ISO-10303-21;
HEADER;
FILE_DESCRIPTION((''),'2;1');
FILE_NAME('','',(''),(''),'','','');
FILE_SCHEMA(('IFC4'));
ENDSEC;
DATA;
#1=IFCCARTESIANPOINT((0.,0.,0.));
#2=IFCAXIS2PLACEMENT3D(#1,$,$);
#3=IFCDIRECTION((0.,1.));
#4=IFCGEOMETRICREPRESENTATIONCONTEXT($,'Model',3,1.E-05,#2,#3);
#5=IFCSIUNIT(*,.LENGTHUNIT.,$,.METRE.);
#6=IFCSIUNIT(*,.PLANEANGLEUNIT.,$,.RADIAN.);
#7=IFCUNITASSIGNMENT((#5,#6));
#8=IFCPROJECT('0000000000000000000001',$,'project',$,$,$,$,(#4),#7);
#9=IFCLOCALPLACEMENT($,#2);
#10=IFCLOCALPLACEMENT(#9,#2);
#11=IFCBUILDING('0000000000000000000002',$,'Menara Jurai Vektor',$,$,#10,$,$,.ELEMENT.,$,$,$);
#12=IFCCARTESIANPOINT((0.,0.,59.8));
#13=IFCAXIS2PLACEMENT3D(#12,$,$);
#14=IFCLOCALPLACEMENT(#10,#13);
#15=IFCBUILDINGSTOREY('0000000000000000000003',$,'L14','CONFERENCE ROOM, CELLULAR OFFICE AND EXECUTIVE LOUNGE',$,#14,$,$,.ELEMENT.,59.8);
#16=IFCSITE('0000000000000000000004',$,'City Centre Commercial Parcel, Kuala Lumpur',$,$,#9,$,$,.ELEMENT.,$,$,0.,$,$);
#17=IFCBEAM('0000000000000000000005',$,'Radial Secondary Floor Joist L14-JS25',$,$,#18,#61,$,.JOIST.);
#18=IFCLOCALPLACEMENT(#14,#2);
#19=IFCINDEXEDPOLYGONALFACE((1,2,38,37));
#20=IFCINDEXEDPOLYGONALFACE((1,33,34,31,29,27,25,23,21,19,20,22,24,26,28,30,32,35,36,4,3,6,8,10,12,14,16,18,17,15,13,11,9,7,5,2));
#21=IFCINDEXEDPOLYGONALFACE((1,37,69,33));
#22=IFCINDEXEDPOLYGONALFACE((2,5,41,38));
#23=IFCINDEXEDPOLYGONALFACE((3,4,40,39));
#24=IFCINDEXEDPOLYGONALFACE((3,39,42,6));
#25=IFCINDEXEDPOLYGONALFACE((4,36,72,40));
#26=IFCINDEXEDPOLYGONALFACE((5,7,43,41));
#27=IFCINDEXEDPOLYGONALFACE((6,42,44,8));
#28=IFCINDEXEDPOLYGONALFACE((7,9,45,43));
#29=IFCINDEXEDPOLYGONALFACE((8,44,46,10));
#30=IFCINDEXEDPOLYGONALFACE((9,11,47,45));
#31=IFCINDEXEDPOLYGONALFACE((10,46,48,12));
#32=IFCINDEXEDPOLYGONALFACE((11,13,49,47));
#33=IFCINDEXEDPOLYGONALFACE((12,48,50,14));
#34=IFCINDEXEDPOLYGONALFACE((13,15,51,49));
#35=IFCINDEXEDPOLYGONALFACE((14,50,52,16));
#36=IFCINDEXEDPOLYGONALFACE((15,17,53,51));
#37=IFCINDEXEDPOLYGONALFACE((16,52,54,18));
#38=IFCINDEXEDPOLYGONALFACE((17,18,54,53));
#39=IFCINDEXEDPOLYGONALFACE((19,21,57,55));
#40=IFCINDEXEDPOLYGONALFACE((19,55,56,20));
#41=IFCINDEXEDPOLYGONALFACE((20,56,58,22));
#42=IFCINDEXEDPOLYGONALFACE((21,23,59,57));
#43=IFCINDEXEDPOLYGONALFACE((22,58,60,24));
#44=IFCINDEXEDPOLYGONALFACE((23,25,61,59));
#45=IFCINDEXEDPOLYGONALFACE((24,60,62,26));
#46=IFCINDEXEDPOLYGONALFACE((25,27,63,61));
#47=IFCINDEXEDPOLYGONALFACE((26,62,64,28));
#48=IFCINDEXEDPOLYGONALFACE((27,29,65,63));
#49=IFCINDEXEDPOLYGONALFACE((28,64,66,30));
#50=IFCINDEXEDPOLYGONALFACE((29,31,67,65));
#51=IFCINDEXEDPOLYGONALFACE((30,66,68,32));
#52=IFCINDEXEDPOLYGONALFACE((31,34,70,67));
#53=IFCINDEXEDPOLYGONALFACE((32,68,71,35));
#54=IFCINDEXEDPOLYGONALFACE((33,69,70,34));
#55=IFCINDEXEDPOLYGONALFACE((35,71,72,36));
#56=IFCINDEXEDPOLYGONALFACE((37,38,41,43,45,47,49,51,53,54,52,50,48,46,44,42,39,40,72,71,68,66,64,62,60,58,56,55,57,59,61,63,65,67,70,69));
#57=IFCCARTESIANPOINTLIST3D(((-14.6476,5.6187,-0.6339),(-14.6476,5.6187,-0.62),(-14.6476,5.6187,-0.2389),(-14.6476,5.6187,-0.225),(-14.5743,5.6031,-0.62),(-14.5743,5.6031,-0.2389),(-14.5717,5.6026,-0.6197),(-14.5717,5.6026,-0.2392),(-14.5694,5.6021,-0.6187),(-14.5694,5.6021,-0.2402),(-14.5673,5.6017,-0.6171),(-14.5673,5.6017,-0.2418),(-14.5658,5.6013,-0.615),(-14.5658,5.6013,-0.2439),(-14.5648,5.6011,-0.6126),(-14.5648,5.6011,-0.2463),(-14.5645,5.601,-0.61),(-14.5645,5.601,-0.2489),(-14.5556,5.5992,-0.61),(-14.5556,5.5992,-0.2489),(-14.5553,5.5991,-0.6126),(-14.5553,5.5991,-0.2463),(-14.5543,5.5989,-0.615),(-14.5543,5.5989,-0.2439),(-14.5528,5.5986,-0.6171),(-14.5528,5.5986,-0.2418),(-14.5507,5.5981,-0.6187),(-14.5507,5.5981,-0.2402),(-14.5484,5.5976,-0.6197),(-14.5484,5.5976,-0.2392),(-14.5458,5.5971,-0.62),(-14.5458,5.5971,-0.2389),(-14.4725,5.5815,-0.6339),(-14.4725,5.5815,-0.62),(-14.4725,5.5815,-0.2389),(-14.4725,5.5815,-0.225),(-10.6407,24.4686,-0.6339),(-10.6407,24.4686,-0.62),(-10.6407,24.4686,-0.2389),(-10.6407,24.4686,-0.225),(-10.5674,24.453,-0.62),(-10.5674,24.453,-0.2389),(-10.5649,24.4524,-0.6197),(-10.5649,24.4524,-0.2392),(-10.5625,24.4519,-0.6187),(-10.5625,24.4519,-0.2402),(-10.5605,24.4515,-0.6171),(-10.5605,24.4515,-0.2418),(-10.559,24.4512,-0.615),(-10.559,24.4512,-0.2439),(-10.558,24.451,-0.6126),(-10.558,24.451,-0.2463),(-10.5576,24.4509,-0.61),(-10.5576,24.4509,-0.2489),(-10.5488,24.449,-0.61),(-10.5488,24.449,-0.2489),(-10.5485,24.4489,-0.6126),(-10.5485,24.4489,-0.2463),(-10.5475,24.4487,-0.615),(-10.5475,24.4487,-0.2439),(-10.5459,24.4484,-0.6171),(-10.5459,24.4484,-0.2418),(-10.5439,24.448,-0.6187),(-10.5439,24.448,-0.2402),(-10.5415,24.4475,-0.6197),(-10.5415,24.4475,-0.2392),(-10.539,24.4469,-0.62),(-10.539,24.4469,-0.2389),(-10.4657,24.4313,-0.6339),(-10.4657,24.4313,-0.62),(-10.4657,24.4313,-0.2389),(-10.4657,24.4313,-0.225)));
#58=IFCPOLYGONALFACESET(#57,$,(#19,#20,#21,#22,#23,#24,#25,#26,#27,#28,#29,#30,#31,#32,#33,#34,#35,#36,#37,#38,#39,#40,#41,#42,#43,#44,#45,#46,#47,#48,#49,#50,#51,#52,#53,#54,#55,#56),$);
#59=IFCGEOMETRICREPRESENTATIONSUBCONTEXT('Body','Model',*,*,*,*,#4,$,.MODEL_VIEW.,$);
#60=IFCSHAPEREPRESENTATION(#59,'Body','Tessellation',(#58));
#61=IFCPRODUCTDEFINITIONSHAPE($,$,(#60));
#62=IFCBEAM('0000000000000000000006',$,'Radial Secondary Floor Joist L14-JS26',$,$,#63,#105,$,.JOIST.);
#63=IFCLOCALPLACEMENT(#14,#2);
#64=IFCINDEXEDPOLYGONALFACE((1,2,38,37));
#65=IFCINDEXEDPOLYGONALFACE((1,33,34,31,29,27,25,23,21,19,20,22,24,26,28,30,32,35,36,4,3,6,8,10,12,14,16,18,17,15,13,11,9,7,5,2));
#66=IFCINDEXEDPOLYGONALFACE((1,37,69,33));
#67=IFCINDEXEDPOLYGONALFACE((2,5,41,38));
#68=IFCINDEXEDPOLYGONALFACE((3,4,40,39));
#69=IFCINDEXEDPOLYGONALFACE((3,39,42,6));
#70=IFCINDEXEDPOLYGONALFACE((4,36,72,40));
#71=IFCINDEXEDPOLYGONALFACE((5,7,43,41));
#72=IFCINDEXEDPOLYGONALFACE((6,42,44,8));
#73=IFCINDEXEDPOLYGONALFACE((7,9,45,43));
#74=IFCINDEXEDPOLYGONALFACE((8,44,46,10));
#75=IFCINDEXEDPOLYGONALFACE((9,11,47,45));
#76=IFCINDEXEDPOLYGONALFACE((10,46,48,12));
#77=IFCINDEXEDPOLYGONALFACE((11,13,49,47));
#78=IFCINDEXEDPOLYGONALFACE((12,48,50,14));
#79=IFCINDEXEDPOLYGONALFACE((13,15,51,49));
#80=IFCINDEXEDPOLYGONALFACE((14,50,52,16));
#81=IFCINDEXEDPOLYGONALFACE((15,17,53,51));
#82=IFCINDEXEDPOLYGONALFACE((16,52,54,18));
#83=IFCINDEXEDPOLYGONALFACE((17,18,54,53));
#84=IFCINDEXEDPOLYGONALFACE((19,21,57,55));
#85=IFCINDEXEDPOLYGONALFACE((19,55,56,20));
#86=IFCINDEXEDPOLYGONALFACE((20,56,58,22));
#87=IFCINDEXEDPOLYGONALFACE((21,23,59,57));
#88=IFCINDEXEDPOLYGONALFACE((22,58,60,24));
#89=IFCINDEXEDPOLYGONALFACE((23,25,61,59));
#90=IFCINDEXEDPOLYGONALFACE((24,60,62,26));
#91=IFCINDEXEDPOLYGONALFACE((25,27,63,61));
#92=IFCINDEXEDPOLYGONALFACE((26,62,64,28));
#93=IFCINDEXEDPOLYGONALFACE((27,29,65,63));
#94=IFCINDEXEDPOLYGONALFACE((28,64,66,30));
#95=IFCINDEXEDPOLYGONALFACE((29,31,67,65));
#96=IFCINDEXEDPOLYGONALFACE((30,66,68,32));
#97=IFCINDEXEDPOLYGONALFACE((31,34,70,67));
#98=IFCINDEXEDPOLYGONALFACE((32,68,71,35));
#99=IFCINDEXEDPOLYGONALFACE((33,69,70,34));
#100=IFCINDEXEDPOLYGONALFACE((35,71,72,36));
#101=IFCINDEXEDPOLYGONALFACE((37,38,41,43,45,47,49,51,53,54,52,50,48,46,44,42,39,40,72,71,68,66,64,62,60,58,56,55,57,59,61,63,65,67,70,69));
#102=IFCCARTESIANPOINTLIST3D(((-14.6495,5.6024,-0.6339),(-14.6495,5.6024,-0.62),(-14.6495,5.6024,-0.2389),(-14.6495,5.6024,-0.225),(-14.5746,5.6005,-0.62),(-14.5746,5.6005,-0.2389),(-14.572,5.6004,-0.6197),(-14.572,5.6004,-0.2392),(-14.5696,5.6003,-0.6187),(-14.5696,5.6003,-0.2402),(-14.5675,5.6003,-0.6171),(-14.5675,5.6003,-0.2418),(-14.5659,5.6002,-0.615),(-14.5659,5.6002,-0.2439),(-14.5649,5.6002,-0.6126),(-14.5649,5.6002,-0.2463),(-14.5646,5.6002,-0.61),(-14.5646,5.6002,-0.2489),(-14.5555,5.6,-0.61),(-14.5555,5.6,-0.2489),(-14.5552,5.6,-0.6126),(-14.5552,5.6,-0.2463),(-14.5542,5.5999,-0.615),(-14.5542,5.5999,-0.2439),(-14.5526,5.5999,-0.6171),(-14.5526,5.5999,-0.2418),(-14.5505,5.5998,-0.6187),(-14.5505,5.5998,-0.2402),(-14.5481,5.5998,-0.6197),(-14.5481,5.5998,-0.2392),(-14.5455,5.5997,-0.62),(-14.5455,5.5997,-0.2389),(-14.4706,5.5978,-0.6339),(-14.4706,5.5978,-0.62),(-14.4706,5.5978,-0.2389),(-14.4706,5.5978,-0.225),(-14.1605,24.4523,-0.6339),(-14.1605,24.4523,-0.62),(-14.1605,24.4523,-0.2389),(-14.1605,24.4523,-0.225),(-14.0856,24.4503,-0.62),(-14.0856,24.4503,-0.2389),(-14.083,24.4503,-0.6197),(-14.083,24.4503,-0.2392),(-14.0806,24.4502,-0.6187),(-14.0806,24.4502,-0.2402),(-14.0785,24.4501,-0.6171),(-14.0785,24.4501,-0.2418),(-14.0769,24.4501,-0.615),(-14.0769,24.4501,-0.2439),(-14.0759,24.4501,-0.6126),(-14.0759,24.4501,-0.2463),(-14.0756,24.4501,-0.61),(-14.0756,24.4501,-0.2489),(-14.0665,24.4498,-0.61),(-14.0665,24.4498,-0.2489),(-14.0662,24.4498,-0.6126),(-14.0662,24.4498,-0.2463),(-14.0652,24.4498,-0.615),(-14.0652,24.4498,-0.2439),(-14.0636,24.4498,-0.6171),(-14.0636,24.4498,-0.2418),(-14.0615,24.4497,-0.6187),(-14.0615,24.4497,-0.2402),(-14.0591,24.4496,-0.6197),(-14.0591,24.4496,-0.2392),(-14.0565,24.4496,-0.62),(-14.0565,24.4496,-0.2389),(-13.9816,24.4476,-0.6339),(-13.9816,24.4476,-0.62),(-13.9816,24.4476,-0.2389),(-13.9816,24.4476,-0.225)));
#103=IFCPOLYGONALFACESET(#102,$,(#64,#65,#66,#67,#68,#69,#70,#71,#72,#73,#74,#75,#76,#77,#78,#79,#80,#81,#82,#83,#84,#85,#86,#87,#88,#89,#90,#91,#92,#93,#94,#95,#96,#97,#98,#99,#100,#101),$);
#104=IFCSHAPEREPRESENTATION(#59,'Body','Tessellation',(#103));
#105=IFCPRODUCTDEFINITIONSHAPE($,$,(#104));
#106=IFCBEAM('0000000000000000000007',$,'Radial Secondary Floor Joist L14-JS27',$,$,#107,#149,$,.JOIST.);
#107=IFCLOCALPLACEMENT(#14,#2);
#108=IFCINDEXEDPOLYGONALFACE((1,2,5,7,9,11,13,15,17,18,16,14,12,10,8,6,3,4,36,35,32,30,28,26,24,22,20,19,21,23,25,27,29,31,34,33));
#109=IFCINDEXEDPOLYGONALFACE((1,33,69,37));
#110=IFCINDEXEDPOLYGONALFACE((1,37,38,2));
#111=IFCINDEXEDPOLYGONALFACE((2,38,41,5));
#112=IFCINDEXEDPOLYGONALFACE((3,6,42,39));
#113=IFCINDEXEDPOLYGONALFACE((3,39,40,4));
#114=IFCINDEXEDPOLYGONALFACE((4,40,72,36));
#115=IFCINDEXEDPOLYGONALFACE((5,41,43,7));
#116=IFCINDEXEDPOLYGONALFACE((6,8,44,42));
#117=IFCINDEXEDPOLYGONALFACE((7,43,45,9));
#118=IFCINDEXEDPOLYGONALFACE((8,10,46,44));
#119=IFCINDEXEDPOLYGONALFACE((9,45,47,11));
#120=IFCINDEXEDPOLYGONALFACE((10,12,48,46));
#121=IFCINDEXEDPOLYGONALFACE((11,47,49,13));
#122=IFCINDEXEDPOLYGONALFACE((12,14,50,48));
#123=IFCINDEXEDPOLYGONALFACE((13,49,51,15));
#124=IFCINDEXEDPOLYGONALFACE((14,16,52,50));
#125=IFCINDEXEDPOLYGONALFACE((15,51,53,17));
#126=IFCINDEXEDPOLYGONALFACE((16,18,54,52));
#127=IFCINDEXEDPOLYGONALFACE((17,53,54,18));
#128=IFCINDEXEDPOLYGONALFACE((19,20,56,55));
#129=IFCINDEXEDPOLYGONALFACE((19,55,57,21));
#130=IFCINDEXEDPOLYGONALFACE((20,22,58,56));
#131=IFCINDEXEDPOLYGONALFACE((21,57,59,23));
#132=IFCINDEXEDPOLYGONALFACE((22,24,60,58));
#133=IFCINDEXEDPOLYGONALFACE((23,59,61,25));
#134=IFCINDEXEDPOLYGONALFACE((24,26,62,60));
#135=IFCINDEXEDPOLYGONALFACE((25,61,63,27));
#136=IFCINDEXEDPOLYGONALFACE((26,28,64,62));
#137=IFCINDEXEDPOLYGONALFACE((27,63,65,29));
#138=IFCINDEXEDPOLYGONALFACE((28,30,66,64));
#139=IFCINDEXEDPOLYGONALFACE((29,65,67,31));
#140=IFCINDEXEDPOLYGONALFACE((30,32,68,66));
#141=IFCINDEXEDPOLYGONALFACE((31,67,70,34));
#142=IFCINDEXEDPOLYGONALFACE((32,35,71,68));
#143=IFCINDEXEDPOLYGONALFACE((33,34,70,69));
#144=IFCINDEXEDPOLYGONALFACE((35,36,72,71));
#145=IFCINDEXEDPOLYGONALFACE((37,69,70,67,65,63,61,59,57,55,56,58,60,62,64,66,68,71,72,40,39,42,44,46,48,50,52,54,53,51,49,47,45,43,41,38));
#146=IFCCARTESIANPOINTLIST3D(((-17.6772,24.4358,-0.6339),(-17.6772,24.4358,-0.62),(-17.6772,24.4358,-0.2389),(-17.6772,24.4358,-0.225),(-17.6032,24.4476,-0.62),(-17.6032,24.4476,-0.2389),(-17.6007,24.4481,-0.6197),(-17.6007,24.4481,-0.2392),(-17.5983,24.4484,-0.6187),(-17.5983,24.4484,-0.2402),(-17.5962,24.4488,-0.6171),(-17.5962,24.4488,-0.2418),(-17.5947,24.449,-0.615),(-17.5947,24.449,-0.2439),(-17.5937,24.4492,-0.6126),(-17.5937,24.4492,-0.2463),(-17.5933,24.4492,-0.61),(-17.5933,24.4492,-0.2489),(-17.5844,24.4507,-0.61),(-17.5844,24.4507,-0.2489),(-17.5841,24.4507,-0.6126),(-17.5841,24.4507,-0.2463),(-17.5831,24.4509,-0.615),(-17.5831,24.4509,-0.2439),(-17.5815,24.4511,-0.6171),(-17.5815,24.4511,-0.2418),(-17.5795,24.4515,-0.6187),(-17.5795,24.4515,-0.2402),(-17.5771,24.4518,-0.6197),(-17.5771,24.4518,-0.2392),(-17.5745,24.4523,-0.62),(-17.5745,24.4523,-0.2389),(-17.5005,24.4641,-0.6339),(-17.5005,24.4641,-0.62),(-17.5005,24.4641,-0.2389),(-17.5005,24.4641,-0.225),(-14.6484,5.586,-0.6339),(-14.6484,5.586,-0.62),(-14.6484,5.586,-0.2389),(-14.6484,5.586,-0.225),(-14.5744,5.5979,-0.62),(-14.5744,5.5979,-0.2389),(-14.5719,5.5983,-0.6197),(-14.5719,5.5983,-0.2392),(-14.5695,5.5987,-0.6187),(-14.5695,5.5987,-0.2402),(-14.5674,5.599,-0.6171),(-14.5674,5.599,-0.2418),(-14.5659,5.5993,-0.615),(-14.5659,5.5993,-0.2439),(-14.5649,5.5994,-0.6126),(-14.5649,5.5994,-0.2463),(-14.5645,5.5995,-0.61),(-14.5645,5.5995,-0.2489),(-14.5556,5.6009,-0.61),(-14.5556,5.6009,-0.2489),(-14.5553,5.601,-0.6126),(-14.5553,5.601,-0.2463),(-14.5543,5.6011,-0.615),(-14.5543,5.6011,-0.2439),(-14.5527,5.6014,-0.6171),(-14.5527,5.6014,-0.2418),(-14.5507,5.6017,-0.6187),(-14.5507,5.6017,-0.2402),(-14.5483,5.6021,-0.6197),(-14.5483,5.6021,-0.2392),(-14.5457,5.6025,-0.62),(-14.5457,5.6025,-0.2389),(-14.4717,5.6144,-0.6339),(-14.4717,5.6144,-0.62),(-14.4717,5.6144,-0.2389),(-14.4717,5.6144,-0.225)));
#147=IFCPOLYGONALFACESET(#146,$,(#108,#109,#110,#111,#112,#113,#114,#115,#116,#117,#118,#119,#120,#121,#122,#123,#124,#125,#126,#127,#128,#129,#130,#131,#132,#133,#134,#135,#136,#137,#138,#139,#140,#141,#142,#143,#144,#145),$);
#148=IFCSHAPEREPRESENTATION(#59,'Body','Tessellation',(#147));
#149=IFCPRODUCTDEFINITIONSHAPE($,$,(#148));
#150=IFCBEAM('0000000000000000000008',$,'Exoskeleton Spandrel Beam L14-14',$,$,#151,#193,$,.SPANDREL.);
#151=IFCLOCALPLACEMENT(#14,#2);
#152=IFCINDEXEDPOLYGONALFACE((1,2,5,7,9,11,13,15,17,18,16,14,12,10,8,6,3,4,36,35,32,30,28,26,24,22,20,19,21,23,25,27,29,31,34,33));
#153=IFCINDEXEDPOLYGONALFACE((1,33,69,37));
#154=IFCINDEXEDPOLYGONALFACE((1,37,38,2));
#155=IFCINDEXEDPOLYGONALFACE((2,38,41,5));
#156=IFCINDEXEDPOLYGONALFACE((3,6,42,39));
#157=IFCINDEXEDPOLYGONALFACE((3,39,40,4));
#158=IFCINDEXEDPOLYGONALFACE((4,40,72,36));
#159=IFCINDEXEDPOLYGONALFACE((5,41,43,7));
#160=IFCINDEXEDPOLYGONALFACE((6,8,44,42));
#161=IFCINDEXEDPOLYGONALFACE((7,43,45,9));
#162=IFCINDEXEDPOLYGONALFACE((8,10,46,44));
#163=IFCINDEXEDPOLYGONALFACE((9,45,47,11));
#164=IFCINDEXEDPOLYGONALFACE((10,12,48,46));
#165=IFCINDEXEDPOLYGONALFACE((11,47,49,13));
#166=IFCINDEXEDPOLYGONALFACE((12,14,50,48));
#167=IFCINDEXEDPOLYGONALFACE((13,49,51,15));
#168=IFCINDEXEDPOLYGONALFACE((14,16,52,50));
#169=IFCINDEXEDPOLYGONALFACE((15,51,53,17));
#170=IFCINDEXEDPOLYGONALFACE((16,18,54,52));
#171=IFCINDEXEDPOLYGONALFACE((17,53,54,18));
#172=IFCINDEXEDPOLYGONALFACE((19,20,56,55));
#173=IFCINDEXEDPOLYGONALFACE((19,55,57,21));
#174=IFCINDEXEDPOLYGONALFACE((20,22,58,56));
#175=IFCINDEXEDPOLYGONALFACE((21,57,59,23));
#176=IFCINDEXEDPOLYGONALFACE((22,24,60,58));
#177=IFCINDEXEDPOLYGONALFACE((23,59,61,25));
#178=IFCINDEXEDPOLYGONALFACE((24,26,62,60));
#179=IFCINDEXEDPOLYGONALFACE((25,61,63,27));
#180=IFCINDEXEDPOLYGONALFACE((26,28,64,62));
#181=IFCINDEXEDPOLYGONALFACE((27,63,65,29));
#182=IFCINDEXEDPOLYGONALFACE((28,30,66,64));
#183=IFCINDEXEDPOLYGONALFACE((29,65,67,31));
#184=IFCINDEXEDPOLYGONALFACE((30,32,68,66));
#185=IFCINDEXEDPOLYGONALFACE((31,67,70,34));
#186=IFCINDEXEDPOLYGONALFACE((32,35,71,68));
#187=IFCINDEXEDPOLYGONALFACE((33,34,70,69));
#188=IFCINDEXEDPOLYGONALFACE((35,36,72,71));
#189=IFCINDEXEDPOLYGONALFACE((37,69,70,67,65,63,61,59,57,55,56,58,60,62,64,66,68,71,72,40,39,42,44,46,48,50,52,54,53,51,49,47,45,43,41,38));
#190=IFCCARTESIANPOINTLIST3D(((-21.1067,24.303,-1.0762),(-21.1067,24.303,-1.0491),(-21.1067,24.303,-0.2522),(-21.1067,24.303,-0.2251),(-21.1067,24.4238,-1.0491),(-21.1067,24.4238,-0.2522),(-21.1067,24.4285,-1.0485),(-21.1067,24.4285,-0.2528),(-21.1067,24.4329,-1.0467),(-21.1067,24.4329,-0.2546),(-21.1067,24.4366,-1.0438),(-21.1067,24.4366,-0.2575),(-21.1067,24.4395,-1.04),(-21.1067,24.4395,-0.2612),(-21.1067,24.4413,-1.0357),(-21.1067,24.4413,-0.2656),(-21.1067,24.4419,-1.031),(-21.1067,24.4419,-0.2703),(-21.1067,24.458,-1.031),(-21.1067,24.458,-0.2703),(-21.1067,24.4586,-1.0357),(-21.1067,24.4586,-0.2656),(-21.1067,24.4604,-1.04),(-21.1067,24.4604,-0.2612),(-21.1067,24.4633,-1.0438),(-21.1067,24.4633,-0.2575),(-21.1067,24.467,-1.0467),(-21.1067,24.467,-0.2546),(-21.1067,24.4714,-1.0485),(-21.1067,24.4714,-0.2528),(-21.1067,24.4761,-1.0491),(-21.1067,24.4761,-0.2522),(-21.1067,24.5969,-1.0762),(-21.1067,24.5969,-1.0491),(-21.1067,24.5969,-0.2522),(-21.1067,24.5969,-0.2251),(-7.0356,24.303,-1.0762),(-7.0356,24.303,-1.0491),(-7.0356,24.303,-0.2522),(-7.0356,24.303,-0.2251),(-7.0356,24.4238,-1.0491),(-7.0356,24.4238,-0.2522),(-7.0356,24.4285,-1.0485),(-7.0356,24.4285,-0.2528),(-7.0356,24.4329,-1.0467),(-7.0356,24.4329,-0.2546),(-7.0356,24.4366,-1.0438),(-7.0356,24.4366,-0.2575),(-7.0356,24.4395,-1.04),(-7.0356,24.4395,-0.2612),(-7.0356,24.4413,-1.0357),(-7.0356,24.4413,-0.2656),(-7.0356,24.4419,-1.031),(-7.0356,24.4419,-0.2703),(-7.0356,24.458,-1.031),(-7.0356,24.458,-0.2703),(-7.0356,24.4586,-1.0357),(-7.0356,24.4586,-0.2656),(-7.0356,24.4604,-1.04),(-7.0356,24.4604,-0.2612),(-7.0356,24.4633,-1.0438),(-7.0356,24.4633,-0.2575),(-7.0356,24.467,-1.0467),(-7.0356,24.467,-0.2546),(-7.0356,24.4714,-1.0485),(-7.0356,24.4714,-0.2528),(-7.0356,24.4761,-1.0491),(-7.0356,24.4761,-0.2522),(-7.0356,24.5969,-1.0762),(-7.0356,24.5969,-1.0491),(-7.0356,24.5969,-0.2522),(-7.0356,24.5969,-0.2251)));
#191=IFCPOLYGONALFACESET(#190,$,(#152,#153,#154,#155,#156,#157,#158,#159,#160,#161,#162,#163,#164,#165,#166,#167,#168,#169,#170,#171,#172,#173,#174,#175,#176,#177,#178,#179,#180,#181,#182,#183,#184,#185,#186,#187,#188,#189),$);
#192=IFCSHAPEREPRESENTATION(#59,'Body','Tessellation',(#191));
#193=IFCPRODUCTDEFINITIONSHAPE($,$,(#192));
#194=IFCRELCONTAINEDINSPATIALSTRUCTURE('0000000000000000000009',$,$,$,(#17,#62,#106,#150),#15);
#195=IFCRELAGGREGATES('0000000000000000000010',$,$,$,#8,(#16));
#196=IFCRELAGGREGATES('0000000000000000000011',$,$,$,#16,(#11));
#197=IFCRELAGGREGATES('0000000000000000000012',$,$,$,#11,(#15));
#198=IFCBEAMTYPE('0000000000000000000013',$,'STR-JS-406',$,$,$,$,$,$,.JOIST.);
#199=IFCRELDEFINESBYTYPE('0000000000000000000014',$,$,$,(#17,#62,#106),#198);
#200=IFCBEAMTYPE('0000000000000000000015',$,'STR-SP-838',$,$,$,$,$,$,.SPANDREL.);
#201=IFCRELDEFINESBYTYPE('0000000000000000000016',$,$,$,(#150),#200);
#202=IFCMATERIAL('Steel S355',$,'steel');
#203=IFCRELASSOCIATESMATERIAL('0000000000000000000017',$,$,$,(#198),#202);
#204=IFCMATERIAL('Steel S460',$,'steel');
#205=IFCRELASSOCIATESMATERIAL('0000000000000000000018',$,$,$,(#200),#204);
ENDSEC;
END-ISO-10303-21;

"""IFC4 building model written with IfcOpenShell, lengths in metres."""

from ifc_helpers import new_model, si_unit, direction, frame, origin, origin_2d, place, context, subcontext, project, spatial, i_section, extrude, material, material_profile, profile_set, type_object, element, save


model = new_model("IFC4")

# Units and contexts
model_context = context("Model", 3, precision=1e-05, world=origin(), true_north=direction((0.0, 1.0)))
body_context = subcontext(model_context, "Body", "Model", "MODEL_VIEW")
ifc_project = project(units=[si_unit("LENGTHUNIT", "METRE"), si_unit("PLANEANGLEUNIT", "RADIAN")], contexts=[model_context])

# Site, building, storey
site_placement = place(None, origin())
site = spatial("IfcSite", under=ifc_project, at=site_placement, Name="City Centre Commercial Parcel, Kuala Lumpur", CompositionType="ELEMENT", RefElevation=0.0)
building_placement = place(site_placement, origin())
building = spatial("IfcBuilding", under=site, at=building_placement, Name="Menara Jurai Vektor", CompositionType="ELEMENT")
storey_placement = place(building_placement, frame((0.0, 0.0, 59.8)))
storey = spatial("IfcBuildingStorey", under=building, at=storey_placement, Name="L14", Description="CONFERENCE ROOM, CELLULAR OFFICE AND EXECUTIVE LOUNGE", CompositionType="ELEMENT", Elevation=59.8)

# Shared definitions
ifc_material_1 = material(Name="Steel S460", Category="steel")

# Beams
ifc_material_2 = material(Name="Steel S355", Category="steel")
ifc_material_profile_1 = material_profile(ifc_material_2, i_section(OverallWidth=0.179, OverallDepth=0.4089, WebThickness=0.009, FlangeThickness=0.0139, FilletRadius=0.01, at=origin_2d()), Name="UKB 406x178x67")
ifc_profile_set_1 = profile_set([ifc_material_profile_1], Name="Steel S355")
beam_type_1 = type_object("IfcBeamType", Name="STR-JS-406", PredefinedType="JOIST", material=ifc_profile_set_1)
beam_1_placement = place(storey_placement, frame((-10.5532, 24.45, -0.4294), z_axis=(-0.20792, -0.978146, 0.0), x_axis=(0.978146, -0.20792, 0.0)))
element("IfcBeam", 1, at=beam_1_placement, inside=storey, type_object=beam_type_1, Name="Radial Secondary Floor Joist L14-JS25", PredefinedType="JOIST", context=body_context, shape_type="SweptSolid", body=[
    extrude(i_section(OverallWidth=0.179, OverallDepth=0.4089, WebThickness=0.009, FlangeThickness=0.0139, FilletRadius=0.01, at=origin_2d()), origin(), (0.0, 0.0, 1.0), 19.271),
])
beam_2_placement = place(storey_placement, frame((-14.071, 24.45, -0.4294), z_axis=(-0.025934, -0.999664, 0.0), x_axis=(0.999664, -0.025934, 0.0)))
element("IfcBeam", 2, at=beam_2_placement, inside=storey, type_object=beam_type_1, Name="Radial Secondary Floor Joist L14-JS26", PredefinedType="JOIST", context=body_context, shape_type="SweptSolid", body=[
    extrude(i_section(OverallWidth=0.179, OverallDepth=0.4089, WebThickness=0.009, FlangeThickness=0.0139, FilletRadius=0.01, at=origin_2d()), origin(), (0.0, 0.0, 1.0), 18.8562),
])
beam_3_placement = place(storey_placement, frame((-17.5889, 24.45, -0.4294), z_axis=(0.158646, -0.987336, 0.0), x_axis=(0.987336, 0.158646, 0.0)))
element("IfcBeam", 3, at=beam_3_placement, inside=storey, type_object=beam_type_1, Name="Radial Secondary Floor Joist L14-JS27", PredefinedType="JOIST", context=body_context, shape_type="SweptSolid", body=[
    extrude(i_section(OverallWidth=0.179, OverallDepth=0.4089, WebThickness=0.009, FlangeThickness=0.0139, FilletRadius=0.01, at=origin_2d()), origin(), (0.0, 0.0, 1.0), 19.0916),
])
ifc_material_profile_2 = material_profile(ifc_material_1, i_section(OverallWidth=0.2939, OverallDepth=0.8511, WebThickness=0.0161, FlangeThickness=0.0271, FilletRadius=0.0181, at=origin_2d()), Name="UKB 838x292x226")
ifc_profile_set_2 = profile_set([ifc_material_profile_2], Name="Steel S460")
beam_type_2 = type_object("IfcBeamType", Name="STR-SP-838", PredefinedType="SPANDREL", material=ifc_profile_set_2)
for number, where, z_axis, x_axis, name in (
    (4, (-7.0356, 24.45, -0.6506), (-1.0, 0.0, 0.0), (0.0, -1.0, 0.0), "Exoskeleton Spandrel Beam L14-14"),
):
    element("IfcBeam", number, at=place(storey_placement, frame(where, z_axis=z_axis, x_axis=x_axis)), inside=storey, type_object=beam_type_2, Name=name, PredefinedType="SPANDREL", context=body_context, shape_type="SweptSolid", body=[
        extrude(i_section(OverallWidth=0.2939, OverallDepth=0.8511, WebThickness=0.0161, FlangeThickness=0.0271, FilletRadius=0.0181, at=origin_2d()), origin(), (0.0, 0.0, 1.0), 14.071),
    ])

save(model, "model.ifc")
